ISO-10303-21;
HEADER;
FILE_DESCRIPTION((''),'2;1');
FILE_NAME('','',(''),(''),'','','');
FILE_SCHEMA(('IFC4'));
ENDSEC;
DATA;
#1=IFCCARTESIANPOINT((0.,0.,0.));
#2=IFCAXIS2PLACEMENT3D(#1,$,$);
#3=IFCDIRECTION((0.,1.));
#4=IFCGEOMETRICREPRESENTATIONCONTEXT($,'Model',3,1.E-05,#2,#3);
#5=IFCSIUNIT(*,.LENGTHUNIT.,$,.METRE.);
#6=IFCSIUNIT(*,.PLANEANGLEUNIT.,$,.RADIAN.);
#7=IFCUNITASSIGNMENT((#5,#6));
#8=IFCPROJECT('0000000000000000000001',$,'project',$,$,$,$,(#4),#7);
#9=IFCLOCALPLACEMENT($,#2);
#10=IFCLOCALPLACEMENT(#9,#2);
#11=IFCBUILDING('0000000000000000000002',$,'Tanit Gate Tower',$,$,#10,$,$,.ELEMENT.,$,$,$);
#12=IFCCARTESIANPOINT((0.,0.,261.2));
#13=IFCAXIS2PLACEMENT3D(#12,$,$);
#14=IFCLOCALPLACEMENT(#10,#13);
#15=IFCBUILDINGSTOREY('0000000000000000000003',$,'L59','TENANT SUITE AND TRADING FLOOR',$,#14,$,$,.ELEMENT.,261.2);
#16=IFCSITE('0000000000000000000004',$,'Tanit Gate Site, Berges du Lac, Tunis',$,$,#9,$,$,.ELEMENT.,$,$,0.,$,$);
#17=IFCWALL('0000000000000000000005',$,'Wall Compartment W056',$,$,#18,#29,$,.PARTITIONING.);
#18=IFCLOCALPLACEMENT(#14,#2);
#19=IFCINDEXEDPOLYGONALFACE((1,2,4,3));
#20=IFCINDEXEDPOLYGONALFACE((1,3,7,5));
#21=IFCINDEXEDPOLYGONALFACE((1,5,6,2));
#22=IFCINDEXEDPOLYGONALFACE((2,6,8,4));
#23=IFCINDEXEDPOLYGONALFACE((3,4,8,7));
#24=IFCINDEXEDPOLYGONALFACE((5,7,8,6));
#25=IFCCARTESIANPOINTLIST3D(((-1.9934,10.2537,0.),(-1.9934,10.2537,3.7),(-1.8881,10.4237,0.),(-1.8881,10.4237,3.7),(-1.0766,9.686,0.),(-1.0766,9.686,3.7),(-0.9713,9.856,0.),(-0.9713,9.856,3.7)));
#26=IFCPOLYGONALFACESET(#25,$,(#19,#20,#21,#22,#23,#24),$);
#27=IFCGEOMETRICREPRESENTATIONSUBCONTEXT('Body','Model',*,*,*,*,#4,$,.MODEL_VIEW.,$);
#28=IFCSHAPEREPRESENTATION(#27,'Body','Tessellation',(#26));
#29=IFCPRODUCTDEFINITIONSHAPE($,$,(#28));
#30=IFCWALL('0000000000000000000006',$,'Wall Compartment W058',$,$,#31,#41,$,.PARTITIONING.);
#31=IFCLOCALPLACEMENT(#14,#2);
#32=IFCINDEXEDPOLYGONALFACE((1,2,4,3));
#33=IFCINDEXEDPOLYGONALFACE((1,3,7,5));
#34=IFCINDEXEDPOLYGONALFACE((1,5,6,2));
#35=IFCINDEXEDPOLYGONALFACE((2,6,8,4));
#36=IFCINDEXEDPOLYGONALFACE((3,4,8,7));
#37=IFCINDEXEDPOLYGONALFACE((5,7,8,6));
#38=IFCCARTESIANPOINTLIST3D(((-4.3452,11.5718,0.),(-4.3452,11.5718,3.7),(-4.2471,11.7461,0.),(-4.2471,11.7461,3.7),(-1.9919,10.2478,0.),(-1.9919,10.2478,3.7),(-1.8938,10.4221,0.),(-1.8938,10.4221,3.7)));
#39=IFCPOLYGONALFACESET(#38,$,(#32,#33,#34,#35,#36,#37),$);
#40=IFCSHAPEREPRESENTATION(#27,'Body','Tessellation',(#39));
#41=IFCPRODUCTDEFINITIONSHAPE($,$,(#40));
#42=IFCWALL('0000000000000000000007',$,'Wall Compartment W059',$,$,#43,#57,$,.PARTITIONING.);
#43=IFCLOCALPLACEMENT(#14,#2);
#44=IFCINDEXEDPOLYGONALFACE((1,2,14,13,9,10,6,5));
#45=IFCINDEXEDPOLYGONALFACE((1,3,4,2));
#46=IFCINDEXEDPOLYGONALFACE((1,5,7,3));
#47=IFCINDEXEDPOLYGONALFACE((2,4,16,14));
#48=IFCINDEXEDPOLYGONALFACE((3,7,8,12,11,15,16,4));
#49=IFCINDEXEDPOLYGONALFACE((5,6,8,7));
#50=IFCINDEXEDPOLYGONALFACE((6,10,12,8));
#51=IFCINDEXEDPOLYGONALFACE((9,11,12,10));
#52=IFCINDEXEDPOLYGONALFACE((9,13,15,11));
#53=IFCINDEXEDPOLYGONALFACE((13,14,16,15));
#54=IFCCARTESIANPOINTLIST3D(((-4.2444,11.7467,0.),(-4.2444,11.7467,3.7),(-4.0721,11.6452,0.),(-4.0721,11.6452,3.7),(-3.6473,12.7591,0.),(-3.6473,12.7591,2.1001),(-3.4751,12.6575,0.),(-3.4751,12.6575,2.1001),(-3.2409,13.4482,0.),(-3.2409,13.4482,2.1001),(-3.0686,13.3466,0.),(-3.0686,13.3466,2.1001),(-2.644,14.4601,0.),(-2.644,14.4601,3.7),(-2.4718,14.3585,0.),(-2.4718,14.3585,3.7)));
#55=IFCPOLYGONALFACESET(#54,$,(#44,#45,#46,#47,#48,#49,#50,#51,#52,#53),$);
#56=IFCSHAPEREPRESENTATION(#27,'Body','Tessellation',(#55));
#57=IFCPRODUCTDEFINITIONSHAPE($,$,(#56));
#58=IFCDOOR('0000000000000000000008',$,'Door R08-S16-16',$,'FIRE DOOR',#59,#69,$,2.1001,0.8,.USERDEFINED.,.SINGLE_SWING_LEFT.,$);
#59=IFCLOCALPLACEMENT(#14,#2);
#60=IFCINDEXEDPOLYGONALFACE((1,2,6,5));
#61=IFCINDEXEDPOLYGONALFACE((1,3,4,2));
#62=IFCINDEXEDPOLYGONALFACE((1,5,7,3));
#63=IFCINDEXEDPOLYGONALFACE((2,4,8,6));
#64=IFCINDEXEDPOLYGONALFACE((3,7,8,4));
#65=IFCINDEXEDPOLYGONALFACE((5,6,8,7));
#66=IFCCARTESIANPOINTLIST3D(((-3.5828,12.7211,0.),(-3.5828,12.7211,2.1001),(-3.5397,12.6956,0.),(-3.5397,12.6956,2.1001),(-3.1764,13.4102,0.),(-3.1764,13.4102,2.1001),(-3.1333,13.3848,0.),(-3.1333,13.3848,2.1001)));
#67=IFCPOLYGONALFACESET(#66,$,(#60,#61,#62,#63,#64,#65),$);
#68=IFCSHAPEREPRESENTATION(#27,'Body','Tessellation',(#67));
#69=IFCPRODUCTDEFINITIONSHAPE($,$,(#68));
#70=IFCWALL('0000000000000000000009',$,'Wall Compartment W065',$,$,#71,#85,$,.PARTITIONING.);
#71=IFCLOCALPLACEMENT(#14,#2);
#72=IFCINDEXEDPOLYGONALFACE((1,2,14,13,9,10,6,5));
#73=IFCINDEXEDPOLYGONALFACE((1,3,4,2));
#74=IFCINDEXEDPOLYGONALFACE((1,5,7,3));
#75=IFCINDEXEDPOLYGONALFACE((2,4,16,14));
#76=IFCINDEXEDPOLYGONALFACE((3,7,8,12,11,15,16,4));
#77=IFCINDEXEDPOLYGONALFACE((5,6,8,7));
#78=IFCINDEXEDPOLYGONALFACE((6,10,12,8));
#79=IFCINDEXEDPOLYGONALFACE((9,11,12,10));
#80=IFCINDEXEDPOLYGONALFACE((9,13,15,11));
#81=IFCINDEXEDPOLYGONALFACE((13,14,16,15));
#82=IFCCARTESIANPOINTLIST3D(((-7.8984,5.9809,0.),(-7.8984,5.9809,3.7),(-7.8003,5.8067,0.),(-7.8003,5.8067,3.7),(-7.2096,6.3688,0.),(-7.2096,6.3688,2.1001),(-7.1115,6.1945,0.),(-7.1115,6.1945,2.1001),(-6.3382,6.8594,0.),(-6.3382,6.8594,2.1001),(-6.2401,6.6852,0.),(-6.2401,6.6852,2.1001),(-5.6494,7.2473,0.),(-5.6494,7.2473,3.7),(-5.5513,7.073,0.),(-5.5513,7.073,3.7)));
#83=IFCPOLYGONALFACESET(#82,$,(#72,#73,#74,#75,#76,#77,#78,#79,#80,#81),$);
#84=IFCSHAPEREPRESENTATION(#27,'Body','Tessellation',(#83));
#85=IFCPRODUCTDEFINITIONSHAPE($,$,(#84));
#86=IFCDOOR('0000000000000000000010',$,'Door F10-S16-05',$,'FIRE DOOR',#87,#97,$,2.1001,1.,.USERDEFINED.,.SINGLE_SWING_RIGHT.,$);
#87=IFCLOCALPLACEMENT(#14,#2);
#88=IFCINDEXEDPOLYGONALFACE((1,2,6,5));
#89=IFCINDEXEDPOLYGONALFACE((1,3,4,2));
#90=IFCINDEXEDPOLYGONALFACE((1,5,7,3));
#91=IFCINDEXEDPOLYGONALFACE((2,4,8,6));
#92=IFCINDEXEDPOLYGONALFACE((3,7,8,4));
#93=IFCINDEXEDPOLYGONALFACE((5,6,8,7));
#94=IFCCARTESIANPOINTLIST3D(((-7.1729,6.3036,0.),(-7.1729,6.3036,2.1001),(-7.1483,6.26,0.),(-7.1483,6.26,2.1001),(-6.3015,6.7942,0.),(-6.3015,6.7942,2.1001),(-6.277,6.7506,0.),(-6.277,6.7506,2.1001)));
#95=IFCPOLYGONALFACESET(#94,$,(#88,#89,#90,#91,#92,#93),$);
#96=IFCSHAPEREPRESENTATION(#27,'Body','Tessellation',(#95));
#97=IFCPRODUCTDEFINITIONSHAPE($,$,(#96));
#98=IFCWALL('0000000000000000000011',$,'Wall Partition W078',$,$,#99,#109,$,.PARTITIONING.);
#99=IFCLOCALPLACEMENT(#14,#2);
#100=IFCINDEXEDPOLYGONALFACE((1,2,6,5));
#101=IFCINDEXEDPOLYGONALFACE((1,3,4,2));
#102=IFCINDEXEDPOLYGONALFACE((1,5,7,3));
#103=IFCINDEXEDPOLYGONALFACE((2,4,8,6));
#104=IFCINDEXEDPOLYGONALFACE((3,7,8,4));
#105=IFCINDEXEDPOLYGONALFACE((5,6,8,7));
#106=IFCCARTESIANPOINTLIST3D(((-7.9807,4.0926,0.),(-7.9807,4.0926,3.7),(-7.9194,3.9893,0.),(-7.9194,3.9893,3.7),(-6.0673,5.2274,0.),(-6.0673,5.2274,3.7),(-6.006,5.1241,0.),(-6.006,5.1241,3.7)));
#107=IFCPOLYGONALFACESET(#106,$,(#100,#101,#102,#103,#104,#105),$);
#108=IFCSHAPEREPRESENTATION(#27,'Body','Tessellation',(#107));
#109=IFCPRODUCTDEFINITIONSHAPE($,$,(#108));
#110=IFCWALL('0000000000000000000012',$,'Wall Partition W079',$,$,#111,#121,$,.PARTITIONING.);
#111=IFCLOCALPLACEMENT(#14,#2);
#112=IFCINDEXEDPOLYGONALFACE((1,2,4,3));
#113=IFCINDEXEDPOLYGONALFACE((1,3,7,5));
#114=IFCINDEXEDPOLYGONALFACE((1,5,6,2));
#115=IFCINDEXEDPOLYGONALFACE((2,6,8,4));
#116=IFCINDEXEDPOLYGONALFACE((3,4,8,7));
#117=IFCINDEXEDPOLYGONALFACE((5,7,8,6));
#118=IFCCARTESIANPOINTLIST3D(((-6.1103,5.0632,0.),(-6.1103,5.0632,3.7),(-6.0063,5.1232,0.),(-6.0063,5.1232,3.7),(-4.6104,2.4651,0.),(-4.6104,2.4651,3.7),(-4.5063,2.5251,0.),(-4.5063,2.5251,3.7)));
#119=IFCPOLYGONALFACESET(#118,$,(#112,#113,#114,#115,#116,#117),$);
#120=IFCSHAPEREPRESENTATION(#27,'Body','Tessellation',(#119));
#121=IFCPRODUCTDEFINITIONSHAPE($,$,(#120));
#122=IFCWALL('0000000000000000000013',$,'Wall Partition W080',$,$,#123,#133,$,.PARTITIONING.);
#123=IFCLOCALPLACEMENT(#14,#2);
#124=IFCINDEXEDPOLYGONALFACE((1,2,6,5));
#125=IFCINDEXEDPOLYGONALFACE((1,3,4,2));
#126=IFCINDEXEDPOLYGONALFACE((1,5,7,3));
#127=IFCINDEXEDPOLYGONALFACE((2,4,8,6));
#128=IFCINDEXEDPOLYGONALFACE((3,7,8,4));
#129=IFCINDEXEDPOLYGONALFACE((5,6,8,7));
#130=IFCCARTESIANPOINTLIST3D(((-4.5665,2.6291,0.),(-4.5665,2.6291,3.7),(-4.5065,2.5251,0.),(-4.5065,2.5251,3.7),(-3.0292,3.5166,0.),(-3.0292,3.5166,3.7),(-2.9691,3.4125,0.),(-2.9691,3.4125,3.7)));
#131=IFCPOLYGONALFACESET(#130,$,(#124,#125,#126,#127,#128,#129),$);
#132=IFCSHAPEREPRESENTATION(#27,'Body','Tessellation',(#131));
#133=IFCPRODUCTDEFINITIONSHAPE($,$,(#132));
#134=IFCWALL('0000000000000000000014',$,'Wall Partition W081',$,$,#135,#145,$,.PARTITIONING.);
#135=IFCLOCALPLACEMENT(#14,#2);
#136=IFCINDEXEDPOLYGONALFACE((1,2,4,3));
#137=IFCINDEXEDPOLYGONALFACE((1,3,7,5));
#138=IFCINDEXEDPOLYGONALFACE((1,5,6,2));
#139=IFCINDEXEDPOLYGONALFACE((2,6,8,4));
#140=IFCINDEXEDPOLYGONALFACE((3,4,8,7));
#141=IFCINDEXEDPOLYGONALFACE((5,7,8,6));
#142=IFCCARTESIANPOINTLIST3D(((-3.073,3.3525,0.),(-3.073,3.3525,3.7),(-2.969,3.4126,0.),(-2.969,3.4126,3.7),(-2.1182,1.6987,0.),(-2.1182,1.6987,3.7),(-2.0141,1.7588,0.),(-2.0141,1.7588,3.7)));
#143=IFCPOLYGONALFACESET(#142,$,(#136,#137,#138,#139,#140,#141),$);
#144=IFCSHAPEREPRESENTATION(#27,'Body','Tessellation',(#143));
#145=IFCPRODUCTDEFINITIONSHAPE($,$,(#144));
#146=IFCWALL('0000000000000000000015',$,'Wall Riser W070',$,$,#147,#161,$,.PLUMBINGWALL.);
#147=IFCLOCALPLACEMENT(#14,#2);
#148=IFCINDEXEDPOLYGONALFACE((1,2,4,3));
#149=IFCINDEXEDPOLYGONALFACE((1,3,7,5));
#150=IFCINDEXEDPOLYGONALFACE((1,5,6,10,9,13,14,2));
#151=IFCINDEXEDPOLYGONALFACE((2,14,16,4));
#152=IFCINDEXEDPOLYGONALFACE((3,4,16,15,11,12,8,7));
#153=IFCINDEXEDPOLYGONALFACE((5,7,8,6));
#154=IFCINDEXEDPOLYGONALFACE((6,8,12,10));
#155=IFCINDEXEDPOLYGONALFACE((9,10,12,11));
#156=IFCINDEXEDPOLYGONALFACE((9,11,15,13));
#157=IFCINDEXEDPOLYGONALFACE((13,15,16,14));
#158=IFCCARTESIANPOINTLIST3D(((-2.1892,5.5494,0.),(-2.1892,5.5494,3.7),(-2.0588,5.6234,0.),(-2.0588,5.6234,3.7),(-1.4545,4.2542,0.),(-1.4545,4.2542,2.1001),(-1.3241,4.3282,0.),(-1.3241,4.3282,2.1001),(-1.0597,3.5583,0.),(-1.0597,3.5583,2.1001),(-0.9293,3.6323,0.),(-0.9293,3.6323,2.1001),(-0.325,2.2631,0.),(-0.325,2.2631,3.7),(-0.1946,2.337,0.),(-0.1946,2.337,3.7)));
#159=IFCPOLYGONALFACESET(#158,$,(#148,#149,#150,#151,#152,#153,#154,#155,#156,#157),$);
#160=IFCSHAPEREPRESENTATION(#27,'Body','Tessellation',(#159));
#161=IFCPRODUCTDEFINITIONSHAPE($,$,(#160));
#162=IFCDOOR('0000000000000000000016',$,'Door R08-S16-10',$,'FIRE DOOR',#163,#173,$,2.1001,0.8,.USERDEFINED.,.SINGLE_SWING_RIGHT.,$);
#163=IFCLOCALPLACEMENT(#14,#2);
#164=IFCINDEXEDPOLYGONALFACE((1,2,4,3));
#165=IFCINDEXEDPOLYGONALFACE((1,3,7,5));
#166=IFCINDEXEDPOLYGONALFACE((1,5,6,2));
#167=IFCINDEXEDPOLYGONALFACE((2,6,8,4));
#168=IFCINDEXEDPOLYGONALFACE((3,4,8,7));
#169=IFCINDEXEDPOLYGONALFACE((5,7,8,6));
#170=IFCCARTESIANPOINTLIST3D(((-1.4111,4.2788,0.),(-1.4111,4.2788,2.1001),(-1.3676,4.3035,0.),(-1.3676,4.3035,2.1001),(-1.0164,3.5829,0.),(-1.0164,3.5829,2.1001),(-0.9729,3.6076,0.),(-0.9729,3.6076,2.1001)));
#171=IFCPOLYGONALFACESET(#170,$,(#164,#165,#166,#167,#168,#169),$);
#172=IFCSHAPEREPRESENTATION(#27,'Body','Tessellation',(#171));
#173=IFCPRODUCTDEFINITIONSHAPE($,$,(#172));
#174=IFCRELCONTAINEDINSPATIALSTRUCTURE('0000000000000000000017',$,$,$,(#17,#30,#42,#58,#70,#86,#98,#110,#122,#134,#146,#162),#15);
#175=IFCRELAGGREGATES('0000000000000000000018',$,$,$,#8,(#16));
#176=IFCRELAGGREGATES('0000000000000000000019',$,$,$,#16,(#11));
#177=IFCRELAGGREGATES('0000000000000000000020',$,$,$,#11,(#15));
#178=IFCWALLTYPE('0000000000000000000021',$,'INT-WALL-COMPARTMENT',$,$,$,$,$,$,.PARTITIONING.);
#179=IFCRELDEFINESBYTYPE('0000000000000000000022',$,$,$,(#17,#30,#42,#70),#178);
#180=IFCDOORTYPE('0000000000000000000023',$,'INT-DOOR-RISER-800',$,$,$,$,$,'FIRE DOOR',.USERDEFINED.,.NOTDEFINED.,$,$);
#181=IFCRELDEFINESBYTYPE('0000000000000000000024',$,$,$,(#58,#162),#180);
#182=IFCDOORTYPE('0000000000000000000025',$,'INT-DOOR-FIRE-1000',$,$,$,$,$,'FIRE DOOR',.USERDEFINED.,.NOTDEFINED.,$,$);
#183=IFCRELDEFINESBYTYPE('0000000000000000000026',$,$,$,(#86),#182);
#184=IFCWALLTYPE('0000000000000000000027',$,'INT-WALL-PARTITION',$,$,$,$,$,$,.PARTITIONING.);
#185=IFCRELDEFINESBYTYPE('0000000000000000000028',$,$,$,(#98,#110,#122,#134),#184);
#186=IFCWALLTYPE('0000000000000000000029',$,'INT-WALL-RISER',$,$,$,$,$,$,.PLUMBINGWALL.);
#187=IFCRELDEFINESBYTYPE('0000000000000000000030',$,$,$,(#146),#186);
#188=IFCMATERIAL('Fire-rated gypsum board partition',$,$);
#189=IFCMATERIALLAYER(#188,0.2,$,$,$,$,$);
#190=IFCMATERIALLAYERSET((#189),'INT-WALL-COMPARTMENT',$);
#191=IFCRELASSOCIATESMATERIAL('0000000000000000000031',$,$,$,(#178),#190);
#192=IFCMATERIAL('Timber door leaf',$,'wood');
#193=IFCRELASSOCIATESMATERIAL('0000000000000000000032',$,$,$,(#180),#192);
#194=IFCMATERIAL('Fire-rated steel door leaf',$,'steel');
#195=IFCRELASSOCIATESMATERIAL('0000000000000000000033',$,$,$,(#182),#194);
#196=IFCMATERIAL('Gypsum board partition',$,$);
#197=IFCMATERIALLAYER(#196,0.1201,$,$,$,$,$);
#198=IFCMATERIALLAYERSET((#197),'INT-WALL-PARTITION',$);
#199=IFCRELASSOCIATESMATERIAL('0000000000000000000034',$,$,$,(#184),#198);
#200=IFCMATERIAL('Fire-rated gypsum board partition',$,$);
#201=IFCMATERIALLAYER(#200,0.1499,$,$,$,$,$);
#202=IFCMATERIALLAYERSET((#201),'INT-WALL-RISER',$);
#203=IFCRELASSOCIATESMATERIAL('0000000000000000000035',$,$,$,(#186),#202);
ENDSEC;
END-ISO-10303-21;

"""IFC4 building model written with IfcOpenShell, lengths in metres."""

from ifc_helpers import new_model, si_unit, direction, frame, frame_2d, origin, place, context, subcontext, project, spatial, rectangle, extrude, material, layer, layer_set, type_object, element, fill, save


model = new_model("IFC4")

# Units and contexts
model_context = context("Model", 3, precision=1e-05, world=origin(), true_north=direction((0.0, 1.0)))
body_context = subcontext(model_context, "Body", "Model", "MODEL_VIEW")
ifc_project = project(units=[si_unit("LENGTHUNIT", "METRE"), si_unit("PLANEANGLEUNIT", "RADIAN")], contexts=[model_context])

# Site, building, storey
site_placement = place(None, origin())
site = spatial("IfcSite", under=ifc_project, at=site_placement, Name="Tanit Gate Site, Berges du Lac, Tunis", CompositionType="ELEMENT", RefElevation=0.0)
building_placement = place(site_placement, origin())
building = spatial("IfcBuilding", under=site, at=building_placement, Name="Tanit Gate Tower", CompositionType="ELEMENT")
storey_placement = place(building_placement, frame((0.0, 0.0, 261.2)))
storey = spatial("IfcBuildingStorey", under=building, at=storey_placement, Name="L59", Description="TENANT SUITE AND TRADING FLOOR", CompositionType="ELEMENT", Elevation=261.2)

# Walls
ifc_material_1 = material(Name="Fire-rated gypsum board partition")
ifc_layer_1 = layer(ifc_material_1, 0.2)
ifc_layer_set_1 = layer_set([ifc_layer_1], Name="INT-WALL-COMPARTMENT")
wall_type_1 = type_object("IfcWallType", Name="INT-WALL-COMPARTMENT", PredefinedType="PARTITIONING", material=ifc_layer_set_1)
wall_1_placement = place(storey_placement, frame((-1.9407, 10.3386, 0.0), z_axis=(0.0, 0.0, 1.0), x_axis=(0.850217, -0.526433, 0.0)))
element("IfcWall", 1, at=wall_1_placement, inside=storey, type_object=wall_type_1, Name="Wall Compartment W056", PredefinedType="PARTITIONING", context=body_context, shape_type="SweptSolid", body=[
    extrude(rectangle(XDim=1.0784, YDim=0.2, at=frame_2d((0.5391, 0.0))), origin(), (0.0, 0.0, 1.0), 3.7),
])
wall_2_placement = place(storey_placement, frame((-4.2961, 11.6589, 0.0), z_axis=(0.0, 0.0, 1.0), x_axis=(0.871534, -0.490334, 0.0)))
element("IfcWall", 2, at=wall_2_placement, inside=storey, type_object=wall_type_1, Name="Wall Compartment W058", PredefinedType="PARTITIONING", context=body_context, shape_type="SweptSolid", body=[
    extrude(rectangle(XDim=2.7002, YDim=0.2, at=frame_2d((1.3501, 0.0))), origin(), (0.0, 0.0, 1.0), 3.7),
])

# Walls, openings, doors
wall_3_placement = place(storey_placement, frame((-2.5579, 14.4094, 0.0), z_axis=(0.0, 0.0, 1.0), x_axis=(-0.508019, -0.861346, 0.0)))
wall_3 = element("IfcWall", 3, at=wall_3_placement, inside=storey, type_object=wall_type_1, Name="Wall Compartment W059", PredefinedType="PARTITIONING", context=body_context, shape_type="SweptSolid", body=[
    extrude(rectangle(XDim=3.1501, YDim=0.2, at=frame_2d((1.5752, 0.0))), origin(), (0.0, 0.0, 1.0), 3.7),
])
opening_1_placement = place(wall_3_placement, frame((1.175, 0.0, 0.0)))
opening_1 = element("IfcOpeningElement", 4, at=opening_1_placement, cuts=wall_3, PredefinedType="OPENING", context=body_context, shape_type="SweptSolid", body=[
    extrude(rectangle(XDim=0.8, YDim=2.1001, at=frame_2d((0.3999, 1.05))), frame((0.0, 0.1099, 0.0), z_axis=(0.0, -1.0, 0.0), x_axis=(1.0, 0.0, 0.0)), (0.0, 0.0, 1.0), 0.22),
])
ifc_material_2 = material(Name="Timber door leaf", Category="wood")
door_type_1 = type_object("IfcDoorType", Name="INT-DOOR-RISER-800", ElementType="FIRE DOOR", OperationType="NOTDEFINED", PredefinedType="USERDEFINED", material=ifc_material_2)
door_1_placement = place(opening_1_placement, origin())
door_1 = element("IfcDoor", 5, at=door_1_placement, inside=storey, type_object=door_type_1, Name="Door R08-S16-16", ObjectType="FIRE DOOR", OperationType="SINGLE_SWING_LEFT", OverallHeight=2.1001, OverallWidth=0.8, PredefinedType="USERDEFINED", context=body_context, shape_type="SweptSolid", body=[
    extrude(rectangle(XDim=0.8, YDim=2.1001, at=frame_2d((0.3999, 1.05))), frame((0.0, 0.0249, 0.0), z_axis=(0.0, -1.0, 0.0), x_axis=(1.0, 0.0, 0.0)), (0.0, 0.0, 1.0), 0.05),
])
fill(opening_1, door_1)
wall_4_placement = place(storey_placement, frame((-5.6003, 7.1602, 0.0), z_axis=(0.0, 0.0, 1.0), x_axis=(-0.871363, -0.490638, 0.0)))
wall_4 = element("IfcWall", 6, at=wall_4_placement, inside=storey, type_object=wall_type_1, Name="Wall Compartment W065", PredefinedType="PARTITIONING", context=body_context, shape_type="SweptSolid", body=[
    extrude(rectangle(XDim=2.5811, YDim=0.2, at=frame_2d((1.2905, 0.0))), origin(), (0.0, 0.0, 1.0), 3.7),
])
opening_2_placement = place(wall_4_placement, frame((0.7905, 0.0, 0.0)))
opening_2 = element("IfcOpeningElement", 7, at=opening_2_placement, cuts=wall_4, PredefinedType="OPENING", context=body_context, shape_type="SweptSolid", body=[
    extrude(rectangle(XDim=1.0, YDim=2.1001, at=frame_2d((0.5, 1.05))), frame((0.0, 0.1099, 0.0), z_axis=(0.0, -1.0, 0.0), x_axis=(1.0, 0.0, 0.0)), (0.0, 0.0, 1.0), 0.22),
])
ifc_material_3 = material(Name="Fire-rated steel door leaf", Category="steel")
door_type_2 = type_object("IfcDoorType", Name="INT-DOOR-FIRE-1000", ElementType="FIRE DOOR", OperationType="NOTDEFINED", PredefinedType="USERDEFINED", material=ifc_material_3)
door_2_placement = place(opening_2_placement, origin())
door_2 = element("IfcDoor", 8, at=door_2_placement, inside=storey, type_object=door_type_2, Name="Door F10-S16-05", ObjectType="FIRE DOOR", OperationType="SINGLE_SWING_RIGHT", OverallHeight=2.1001, OverallWidth=1.0, PredefinedType="USERDEFINED", context=body_context, shape_type="SweptSolid", body=[
    extrude(rectangle(XDim=1.0, YDim=2.1001, at=frame_2d((0.5, 1.05))), frame((0.0, 0.0249, 0.0), z_axis=(0.0, -1.0, 0.0), x_axis=(1.0, 0.0, 0.0)), (0.0, 0.0, 1.0), 0.05),
])
fill(opening_2, door_2)

# Walls
ifc_material_4 = material(Name="Gypsum board partition")
ifc_layer_2 = layer(ifc_material_4, 0.1201)
ifc_layer_set_2 = layer_set([ifc_layer_2], Name="INT-WALL-PARTITION")
wall_type_2 = type_object("IfcWallType", Name="INT-WALL-PARTITION", PredefinedType="PARTITIONING", material=ifc_layer_set_2)
wall_5_placement = place(storey_placement, frame((-6.0366, 5.1758, 0.0), z_axis=(0.0, 0.0, 1.0), x_axis=(-0.860106, -0.510115, 0.0)))
element("IfcWall", 9, at=wall_5_placement, inside=storey, type_object=wall_type_2, Name="Wall Partition W078", PredefinedType="PARTITIONING", context=body_context, shape_type="SweptSolid", body=[
    extrude(rectangle(XDim=2.2246, YDim=0.1201, at=frame_2d((1.1123, 0.0))), origin(), (0.0, 0.0, 1.0), 3.7),
])
wall_6_placement = place(storey_placement, frame((-4.5583, 2.4951, 0.0), z_axis=(0.0, 0.0, 1.0), x_axis=(-0.49999, 0.866031, 0.0)))
element("IfcWall", 10, at=wall_6_placement, inside=storey, type_object=wall_type_2, Name="Wall Partition W079", PredefinedType="PARTITIONING", context=body_context, shape_type="SweptSolid", body=[
    extrude(rectangle(XDim=3.0, YDim=0.1201, at=frame_2d((1.5, 0.0))), origin(), (0.0, 0.0, 1.0), 3.7),
])
wall_7_placement = place(storey_placement, frame((-2.999, 3.4646, 0.0), z_axis=(0.0, 0.0, 1.0), x_axis=(-0.86606, -0.499941, 0.0)))
element("IfcWall", 11, at=wall_7_placement, inside=storey, type_object=wall_type_2, Name="Wall Partition W080", PredefinedType="PARTITIONING", context=body_context, shape_type="SweptSolid", body=[
    extrude(rectangle(XDim=1.7751, YDim=0.1201, at=frame_2d((0.8877, 0.0))), origin(), (0.0, 0.0, 1.0), 3.7),
])
wall_8_placement = place(storey_placement, frame((-2.0662, 1.7288, 0.0), z_axis=(0.0, 0.0, 1.0), x_axis=(-0.500003, 0.866024, 0.0)))
element("IfcWall", 12, at=wall_8_placement, inside=storey, type_object=wall_type_2, Name="Wall Partition W081", PredefinedType="PARTITIONING", context=body_context, shape_type="SweptSolid", body=[
    extrude(rectangle(XDim=1.9097, YDim=0.1201, at=frame_2d((0.9548, 0.0))), origin(), (0.0, 0.0, 1.0), 3.7),
])

# Wall, opening, door
ifc_material_5 = material(Name="Fire-rated gypsum board partition")
ifc_layer_3 = layer(ifc_material_5, 0.1499)
ifc_layer_set_3 = layer_set([ifc_layer_3], Name="INT-WALL-RISER")
wall_type_3 = type_object("IfcWallType", Name="INT-WALL-RISER", PredefinedType="PLUMBINGWALL", material=ifc_layer_set_3)
wall_9_placement = place(storey_placement, frame((-2.124, 5.5864, 0.0), z_axis=(0.0, 0.0, 1.0), x_axis=(0.493409, -0.869798, 0.0)))
wall_9 = element("IfcWall", 13, at=wall_9_placement, inside=storey, type_object=wall_type_3, Name="Wall Riser W070", PredefinedType="PLUMBINGWALL", context=body_context, shape_type="SweptSolid", body=[
    extrude(rectangle(XDim=3.7783, YDim=0.1499, at=frame_2d((1.8892, 0.0))), origin(), (0.0, 0.0, 1.0), 3.7),
])
opening_3_placement = place(wall_9_placement, frame((1.4893, 0.0, 0.0)))
opening_3 = element("IfcOpeningElement", 14, at=opening_3_placement, cuts=wall_9, PredefinedType="OPENING", context=body_context, shape_type="SweptSolid", body=[
    extrude(rectangle(XDim=0.8, YDim=2.1001, at=frame_2d((0.3999, 1.05))), frame((0.0, 0.085, 0.0), z_axis=(0.0, -1.0, 0.0), x_axis=(1.0, 0.0, 0.0)), (0.0, 0.0, 1.0), 0.1699),
])
door_3_placement = place(opening_3_placement, origin())
door_3 = element("IfcDoor", 15, at=door_3_placement, inside=storey, type_object=door_type_1, Name="Door R08-S16-10", ObjectType="FIRE DOOR", OperationType="SINGLE_SWING_RIGHT", OverallHeight=2.1001, OverallWidth=0.8, PredefinedType="USERDEFINED", context=body_context, shape_type="SweptSolid", body=[
    extrude(rectangle(XDim=0.8, YDim=2.1001, at=frame_2d((0.3999, 1.05))), frame((0.0, 0.0249, 0.0), z_axis=(0.0, -1.0, 0.0), x_axis=(1.0, 0.0, 0.0)), (0.0, 0.0, 1.0), 0.05),
])
fill(opening_3, door_3)

save(model, "model.ifc")
